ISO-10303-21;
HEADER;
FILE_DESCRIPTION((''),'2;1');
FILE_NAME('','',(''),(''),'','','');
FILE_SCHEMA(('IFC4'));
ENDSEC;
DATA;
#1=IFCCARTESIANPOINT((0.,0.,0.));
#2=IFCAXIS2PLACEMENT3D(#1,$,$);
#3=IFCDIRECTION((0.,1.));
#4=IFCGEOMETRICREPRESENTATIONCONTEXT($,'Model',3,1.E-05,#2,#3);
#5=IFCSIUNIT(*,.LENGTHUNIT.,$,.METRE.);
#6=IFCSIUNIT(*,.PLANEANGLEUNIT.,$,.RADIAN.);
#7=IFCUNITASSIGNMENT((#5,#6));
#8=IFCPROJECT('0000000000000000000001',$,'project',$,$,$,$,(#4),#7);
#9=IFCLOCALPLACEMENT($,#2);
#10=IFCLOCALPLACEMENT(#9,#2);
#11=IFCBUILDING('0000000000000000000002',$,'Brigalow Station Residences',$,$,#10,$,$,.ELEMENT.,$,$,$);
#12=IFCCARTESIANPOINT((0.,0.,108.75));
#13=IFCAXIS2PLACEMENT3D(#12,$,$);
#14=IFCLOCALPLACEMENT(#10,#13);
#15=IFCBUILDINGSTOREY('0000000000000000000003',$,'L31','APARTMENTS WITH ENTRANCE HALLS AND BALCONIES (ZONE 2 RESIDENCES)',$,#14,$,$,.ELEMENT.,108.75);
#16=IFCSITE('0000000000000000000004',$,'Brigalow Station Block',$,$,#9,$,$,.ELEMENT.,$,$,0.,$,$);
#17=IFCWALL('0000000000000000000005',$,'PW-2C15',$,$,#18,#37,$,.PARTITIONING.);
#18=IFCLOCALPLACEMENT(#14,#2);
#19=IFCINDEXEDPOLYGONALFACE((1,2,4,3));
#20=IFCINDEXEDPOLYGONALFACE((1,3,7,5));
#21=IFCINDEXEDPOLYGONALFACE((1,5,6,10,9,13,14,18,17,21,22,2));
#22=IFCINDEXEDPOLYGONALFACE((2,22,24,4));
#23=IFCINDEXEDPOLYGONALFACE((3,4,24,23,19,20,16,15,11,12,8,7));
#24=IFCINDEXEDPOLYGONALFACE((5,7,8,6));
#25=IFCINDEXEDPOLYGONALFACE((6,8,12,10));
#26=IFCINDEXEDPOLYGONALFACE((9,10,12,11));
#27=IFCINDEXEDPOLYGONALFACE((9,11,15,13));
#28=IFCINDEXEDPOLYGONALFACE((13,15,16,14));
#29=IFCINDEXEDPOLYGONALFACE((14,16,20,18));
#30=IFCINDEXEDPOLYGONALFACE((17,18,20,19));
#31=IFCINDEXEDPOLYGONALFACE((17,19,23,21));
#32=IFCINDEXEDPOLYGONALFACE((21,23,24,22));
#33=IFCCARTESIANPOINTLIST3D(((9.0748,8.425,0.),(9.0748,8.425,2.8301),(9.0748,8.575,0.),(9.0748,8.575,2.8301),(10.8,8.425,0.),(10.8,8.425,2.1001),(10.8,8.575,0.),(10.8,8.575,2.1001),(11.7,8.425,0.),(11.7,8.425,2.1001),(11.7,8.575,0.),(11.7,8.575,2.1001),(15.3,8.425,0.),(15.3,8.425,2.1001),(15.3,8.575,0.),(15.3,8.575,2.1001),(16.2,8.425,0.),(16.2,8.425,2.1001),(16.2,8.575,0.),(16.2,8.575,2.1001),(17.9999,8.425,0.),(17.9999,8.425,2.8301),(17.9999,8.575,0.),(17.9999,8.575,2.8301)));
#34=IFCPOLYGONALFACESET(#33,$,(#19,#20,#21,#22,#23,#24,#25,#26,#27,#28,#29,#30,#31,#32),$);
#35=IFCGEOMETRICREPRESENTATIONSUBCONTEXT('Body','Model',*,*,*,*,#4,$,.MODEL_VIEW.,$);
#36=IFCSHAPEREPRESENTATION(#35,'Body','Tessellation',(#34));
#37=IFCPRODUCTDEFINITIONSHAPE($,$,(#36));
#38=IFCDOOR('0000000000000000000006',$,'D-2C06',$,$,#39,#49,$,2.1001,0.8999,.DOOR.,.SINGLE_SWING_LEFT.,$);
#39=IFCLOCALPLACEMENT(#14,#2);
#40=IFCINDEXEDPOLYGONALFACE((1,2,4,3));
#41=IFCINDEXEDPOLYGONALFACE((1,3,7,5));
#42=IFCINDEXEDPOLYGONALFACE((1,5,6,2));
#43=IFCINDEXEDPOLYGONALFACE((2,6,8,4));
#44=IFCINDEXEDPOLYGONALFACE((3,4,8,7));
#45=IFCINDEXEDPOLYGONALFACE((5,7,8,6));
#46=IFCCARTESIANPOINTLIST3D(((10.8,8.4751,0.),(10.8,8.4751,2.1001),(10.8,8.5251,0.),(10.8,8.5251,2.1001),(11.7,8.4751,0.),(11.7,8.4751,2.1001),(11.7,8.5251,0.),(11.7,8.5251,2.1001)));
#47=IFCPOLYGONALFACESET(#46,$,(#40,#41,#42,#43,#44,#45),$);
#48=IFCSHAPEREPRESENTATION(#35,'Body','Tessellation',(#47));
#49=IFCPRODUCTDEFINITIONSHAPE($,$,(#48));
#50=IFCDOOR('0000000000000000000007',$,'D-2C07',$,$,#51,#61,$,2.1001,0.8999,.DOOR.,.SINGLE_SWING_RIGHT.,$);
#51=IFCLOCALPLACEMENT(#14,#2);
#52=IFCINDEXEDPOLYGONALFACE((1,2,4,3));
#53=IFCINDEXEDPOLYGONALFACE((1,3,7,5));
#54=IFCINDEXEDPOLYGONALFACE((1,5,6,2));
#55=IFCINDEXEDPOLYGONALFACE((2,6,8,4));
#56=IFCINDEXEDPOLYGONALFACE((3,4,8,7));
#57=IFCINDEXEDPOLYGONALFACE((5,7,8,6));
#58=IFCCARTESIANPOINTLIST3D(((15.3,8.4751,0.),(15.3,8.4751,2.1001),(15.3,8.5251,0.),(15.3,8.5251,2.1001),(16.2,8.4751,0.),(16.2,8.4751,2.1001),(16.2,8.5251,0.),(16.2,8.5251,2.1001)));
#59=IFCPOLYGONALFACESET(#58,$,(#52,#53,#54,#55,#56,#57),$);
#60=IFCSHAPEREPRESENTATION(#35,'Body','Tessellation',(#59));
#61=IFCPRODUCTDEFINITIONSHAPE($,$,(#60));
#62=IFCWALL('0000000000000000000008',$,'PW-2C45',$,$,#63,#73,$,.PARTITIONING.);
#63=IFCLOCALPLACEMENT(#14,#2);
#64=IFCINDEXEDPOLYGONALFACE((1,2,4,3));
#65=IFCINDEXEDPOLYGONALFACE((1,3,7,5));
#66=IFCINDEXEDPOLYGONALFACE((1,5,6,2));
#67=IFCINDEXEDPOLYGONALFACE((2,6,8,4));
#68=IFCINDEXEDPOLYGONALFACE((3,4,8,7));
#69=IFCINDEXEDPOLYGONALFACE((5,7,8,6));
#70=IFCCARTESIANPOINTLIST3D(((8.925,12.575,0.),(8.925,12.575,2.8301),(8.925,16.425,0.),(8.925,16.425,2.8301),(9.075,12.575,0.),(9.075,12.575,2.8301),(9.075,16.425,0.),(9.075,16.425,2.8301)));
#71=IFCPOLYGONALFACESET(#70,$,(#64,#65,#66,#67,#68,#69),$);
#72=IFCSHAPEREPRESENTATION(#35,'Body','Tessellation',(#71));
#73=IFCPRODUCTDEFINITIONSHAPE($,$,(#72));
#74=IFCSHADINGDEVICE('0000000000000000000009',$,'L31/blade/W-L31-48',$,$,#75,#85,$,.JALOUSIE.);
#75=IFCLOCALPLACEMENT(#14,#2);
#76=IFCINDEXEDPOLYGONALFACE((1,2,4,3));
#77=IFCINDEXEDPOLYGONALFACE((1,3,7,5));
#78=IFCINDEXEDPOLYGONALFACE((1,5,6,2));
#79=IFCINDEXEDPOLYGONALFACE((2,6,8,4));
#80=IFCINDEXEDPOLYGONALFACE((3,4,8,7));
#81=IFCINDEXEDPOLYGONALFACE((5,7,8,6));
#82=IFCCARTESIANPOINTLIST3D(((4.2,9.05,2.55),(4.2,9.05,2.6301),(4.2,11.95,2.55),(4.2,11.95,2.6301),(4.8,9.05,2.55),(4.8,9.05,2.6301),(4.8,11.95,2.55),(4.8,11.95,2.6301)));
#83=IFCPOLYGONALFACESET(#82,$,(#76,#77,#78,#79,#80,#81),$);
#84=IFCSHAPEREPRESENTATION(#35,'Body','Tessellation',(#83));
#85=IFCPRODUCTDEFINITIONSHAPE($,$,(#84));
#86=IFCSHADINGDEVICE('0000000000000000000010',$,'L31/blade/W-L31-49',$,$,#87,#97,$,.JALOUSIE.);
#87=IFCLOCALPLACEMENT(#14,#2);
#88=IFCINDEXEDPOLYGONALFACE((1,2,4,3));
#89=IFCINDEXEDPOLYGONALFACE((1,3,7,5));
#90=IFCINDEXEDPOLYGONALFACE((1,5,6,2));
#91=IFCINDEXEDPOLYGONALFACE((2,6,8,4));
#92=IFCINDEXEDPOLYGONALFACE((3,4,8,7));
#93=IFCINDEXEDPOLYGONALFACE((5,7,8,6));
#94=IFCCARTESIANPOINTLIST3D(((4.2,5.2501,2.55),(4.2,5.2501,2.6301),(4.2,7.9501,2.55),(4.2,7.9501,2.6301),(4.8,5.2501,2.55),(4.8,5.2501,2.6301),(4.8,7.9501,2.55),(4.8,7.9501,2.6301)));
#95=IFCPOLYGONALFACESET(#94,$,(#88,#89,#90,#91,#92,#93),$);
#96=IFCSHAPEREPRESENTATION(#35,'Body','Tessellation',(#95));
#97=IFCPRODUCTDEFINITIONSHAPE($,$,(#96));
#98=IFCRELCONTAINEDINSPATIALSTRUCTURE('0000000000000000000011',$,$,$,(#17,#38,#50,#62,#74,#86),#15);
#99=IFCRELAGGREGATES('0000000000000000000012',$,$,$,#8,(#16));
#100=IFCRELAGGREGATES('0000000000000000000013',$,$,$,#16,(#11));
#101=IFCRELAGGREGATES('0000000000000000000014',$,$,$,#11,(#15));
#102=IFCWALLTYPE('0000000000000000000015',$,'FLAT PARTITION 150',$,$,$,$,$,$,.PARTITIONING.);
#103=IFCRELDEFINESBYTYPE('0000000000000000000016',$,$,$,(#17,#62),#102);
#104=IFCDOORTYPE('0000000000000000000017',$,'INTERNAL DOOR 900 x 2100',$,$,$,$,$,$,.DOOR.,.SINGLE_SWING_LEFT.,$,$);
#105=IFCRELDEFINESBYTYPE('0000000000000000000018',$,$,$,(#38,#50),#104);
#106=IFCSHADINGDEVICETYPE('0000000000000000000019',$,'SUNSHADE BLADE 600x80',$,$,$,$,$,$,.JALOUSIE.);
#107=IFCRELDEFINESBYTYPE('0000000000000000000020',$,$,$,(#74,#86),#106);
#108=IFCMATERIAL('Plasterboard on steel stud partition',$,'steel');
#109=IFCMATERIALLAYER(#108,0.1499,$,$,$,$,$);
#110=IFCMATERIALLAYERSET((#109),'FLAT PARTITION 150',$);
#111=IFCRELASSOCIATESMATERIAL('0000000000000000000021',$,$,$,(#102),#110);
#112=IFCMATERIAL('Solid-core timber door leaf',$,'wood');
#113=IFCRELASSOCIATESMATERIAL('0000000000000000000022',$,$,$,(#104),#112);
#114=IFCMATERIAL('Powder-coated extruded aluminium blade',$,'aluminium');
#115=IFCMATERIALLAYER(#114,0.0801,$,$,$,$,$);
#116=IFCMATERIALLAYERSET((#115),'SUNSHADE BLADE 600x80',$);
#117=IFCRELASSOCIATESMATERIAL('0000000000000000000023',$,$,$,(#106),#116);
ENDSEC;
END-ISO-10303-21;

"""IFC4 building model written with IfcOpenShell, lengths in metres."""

from ifc_helpers import new_model, si_unit, direction, frame, frame_2d, origin, origin_2d, place, context, subcontext, project, spatial, rectangle, extrude, material, layer, layer_set, type_object, element, fill, save


model = new_model("IFC4")

# Units and contexts
model_context = context("Model", 3, precision=1e-05, world=origin(), true_north=direction((0.0, 1.0)))
body_context = subcontext(model_context, "Body", "Model", "MODEL_VIEW")
ifc_project = project(units=[si_unit("LENGTHUNIT", "METRE"), si_unit("PLANEANGLEUNIT", "RADIAN")], contexts=[model_context])

# Site, building, storey
site_placement = place(None, origin())
site = spatial("IfcSite", under=ifc_project, at=site_placement, Name="Brigalow Station Block", CompositionType="ELEMENT", RefElevation=0.0)
building_placement = place(site_placement, origin())
building = spatial("IfcBuilding", under=site, at=building_placement, Name="Brigalow Station Residences", CompositionType="ELEMENT")
storey_placement = place(building_placement, frame((0.0, 0.0, 108.75)))
storey = spatial("IfcBuildingStorey", under=building, at=storey_placement, Name="L31", Description="APARTMENTS WITH ENTRANCE HALLS AND BALCONIES (ZONE 2 RESIDENCES)", CompositionType="ELEMENT", Elevation=108.75)

# Shared definitions
ifc_material_1 = material(Name="Plasterboard on steel stud partition", Category="steel")
ifc_layer_1 = layer(ifc_material_1, 0.1499)
ifc_layer_set_1 = layer_set([ifc_layer_1], Name="FLAT PARTITION 150")
wall_type_1 = type_object("IfcWallType", Name="FLAT PARTITION 150", PredefinedType="PARTITIONING", material=ifc_layer_set_1)
ifc_material_2 = material(Name="Solid-core timber door leaf", Category="wood")
door_type = type_object("IfcDoorType", Name="INTERNAL DOOR 900 x 2100", OperationType="SINGLE_SWING_LEFT", PredefinedType="DOOR", material=ifc_material_2)

# Wall, openings, doors
wall_1_placement = place(storey_placement, frame((9.075, 8.5, 0.0), z_axis=(0.0, 0.0, 1.0), x_axis=(1.0, 0.0, 0.0)))
wall_1 = element("IfcWall", 1, at=wall_1_placement, inside=storey, type_object=wall_type_1, Name="PW-2C15", PredefinedType="PARTITIONING", context=body_context, shape_type="SweptSolid", body=[
    extrude(rectangle(XDim=8.925, YDim=0.1499, at=frame_2d((4.4624, 0.0))), origin(), (0.0, 0.0, 1.0), 2.8301),
])
opening_1_placement = place(wall_1_placement, frame((1.7251, 0.0, 0.0)))
opening_1 = element("IfcOpeningElement", 2, at=opening_1_placement, cuts=wall_1, PredefinedType="OPENING", context=body_context, shape_type="SweptSolid", body=[
    extrude(rectangle(XDim=0.8999, YDim=2.1001, at=frame_2d((0.45, 1.05))), frame((0.0, 0.085, 0.0), z_axis=(0.0, -1.0, 0.0), x_axis=(1.0, 0.0, 0.0)), (0.0, 0.0, 1.0), 0.1699),
])
opening_2_placement = place(wall_1_placement, frame((6.2251, 0.0, 0.0)))
opening_2 = element("IfcOpeningElement", 3, at=opening_2_placement, cuts=wall_1, PredefinedType="OPENING", context=body_context, shape_type="SweptSolid", body=[
    extrude(rectangle(XDim=0.8999, YDim=2.1001, at=frame_2d((0.45, 1.05))), frame((0.0, 0.085, 0.0), z_axis=(0.0, -1.0, 0.0), x_axis=(1.0, 0.0, 0.0)), (0.0, 0.0, 1.0), 0.1699),
])
door_1_placement = place(opening_1_placement, frame((0.8999, 0.0, 0.0), z_axis=(0.0, 0.0, 1.0), x_axis=(-1.0, 0.0, 0.0)))
door_1 = element("IfcDoor", 4, at=door_1_placement, inside=storey, type_object=door_type, Name="D-2C06", OperationType="SINGLE_SWING_LEFT", OverallHeight=2.1001, OverallWidth=0.8999, PredefinedType="DOOR", context=body_context, shape_type="SweptSolid", body=[
    extrude(rectangle(XDim=0.8999, YDim=2.1001, at=frame_2d((0.45, 1.05))), frame((0.0, 0.0249, 0.0), z_axis=(0.0, -1.0, 0.0), x_axis=(1.0, 0.0, 0.0)), (0.0, 0.0, 1.0), 0.05),
])
fill(opening_1, door_1)
door_2_placement = place(opening_2_placement, frame((0.8999, 0.0, 0.0), z_axis=(0.0, 0.0, 1.0), x_axis=(-1.0, 0.0, 0.0)))
door_2 = element("IfcDoor", 5, at=door_2_placement, inside=storey, type_object=door_type, Name="D-2C07", OperationType="SINGLE_SWING_RIGHT", OverallHeight=2.1001, OverallWidth=0.8999, PredefinedType="DOOR", context=body_context, shape_type="SweptSolid", body=[
    extrude(rectangle(XDim=0.8999, YDim=2.1001, at=frame_2d((0.45, 1.05))), frame((0.0, 0.0249, 0.0), z_axis=(0.0, -1.0, 0.0), x_axis=(1.0, 0.0, 0.0)), (0.0, 0.0, 1.0), 0.05),
])
fill(opening_2, door_2)

# Wall
wall_2_placement = place(storey_placement, frame((9.0, 12.575, 0.0), z_axis=(0.0, 0.0, 1.0), x_axis=(0.0, 1.0, 0.0)))
element("IfcWall", 6, at=wall_2_placement, inside=storey, type_object=wall_type_1, Name="PW-2C45", PredefinedType="PARTITIONING", context=body_context, shape_type="SweptSolid", body=[
    extrude(rectangle(XDim=3.8501, YDim=0.1499, at=frame_2d((1.925, 0.0))), origin(), (0.0, 0.0, 1.0), 2.8301),
])

# Shading devices
ifc_material_3 = material(Name="Powder-coated extruded aluminium blade", Category="aluminium")
ifc_layer_2 = layer(ifc_material_3, 0.0801)
ifc_layer_set_2 = layer_set([ifc_layer_2], Name="SUNSHADE BLADE 600x80")
shading_device_type = type_object("IfcShadingDeviceType", Name="SUNSHADE BLADE 600x80", PredefinedType="JALOUSIE", material=ifc_layer_set_2)
shading_device_1_placement = place(storey_placement, frame((4.5, 10.5, 2.55), z_axis=(0.0, 0.0, 1.0), x_axis=(0.0, -1.0, 0.0)))
element("IfcShadingDevice", 7, at=shading_device_1_placement, inside=storey, type_object=shading_device_type, Name="L31/blade/W-L31-48", PredefinedType="JALOUSIE", context=body_context, shape_type="SweptSolid", body=[
    extrude(rectangle(XDim=2.8999, YDim=0.6001, at=origin_2d()), origin(), (0.0, 0.0, 1.0), 0.0801),
])
shading_device_2_placement = place(storey_placement, frame((4.5, 6.6001, 2.55), z_axis=(0.0, 0.0, 1.0), x_axis=(0.0, -1.0, 0.0)))
element("IfcShadingDevice", 8, at=shading_device_2_placement, inside=storey, type_object=shading_device_type, Name="L31/blade/W-L31-49", PredefinedType="JALOUSIE", context=body_context, shape_type="SweptSolid", body=[
    extrude(rectangle(XDim=2.7, YDim=0.6001, at=origin_2d()), origin(), (0.0, 0.0, 1.0), 0.0801),
])

save(model, "model.ifc")
